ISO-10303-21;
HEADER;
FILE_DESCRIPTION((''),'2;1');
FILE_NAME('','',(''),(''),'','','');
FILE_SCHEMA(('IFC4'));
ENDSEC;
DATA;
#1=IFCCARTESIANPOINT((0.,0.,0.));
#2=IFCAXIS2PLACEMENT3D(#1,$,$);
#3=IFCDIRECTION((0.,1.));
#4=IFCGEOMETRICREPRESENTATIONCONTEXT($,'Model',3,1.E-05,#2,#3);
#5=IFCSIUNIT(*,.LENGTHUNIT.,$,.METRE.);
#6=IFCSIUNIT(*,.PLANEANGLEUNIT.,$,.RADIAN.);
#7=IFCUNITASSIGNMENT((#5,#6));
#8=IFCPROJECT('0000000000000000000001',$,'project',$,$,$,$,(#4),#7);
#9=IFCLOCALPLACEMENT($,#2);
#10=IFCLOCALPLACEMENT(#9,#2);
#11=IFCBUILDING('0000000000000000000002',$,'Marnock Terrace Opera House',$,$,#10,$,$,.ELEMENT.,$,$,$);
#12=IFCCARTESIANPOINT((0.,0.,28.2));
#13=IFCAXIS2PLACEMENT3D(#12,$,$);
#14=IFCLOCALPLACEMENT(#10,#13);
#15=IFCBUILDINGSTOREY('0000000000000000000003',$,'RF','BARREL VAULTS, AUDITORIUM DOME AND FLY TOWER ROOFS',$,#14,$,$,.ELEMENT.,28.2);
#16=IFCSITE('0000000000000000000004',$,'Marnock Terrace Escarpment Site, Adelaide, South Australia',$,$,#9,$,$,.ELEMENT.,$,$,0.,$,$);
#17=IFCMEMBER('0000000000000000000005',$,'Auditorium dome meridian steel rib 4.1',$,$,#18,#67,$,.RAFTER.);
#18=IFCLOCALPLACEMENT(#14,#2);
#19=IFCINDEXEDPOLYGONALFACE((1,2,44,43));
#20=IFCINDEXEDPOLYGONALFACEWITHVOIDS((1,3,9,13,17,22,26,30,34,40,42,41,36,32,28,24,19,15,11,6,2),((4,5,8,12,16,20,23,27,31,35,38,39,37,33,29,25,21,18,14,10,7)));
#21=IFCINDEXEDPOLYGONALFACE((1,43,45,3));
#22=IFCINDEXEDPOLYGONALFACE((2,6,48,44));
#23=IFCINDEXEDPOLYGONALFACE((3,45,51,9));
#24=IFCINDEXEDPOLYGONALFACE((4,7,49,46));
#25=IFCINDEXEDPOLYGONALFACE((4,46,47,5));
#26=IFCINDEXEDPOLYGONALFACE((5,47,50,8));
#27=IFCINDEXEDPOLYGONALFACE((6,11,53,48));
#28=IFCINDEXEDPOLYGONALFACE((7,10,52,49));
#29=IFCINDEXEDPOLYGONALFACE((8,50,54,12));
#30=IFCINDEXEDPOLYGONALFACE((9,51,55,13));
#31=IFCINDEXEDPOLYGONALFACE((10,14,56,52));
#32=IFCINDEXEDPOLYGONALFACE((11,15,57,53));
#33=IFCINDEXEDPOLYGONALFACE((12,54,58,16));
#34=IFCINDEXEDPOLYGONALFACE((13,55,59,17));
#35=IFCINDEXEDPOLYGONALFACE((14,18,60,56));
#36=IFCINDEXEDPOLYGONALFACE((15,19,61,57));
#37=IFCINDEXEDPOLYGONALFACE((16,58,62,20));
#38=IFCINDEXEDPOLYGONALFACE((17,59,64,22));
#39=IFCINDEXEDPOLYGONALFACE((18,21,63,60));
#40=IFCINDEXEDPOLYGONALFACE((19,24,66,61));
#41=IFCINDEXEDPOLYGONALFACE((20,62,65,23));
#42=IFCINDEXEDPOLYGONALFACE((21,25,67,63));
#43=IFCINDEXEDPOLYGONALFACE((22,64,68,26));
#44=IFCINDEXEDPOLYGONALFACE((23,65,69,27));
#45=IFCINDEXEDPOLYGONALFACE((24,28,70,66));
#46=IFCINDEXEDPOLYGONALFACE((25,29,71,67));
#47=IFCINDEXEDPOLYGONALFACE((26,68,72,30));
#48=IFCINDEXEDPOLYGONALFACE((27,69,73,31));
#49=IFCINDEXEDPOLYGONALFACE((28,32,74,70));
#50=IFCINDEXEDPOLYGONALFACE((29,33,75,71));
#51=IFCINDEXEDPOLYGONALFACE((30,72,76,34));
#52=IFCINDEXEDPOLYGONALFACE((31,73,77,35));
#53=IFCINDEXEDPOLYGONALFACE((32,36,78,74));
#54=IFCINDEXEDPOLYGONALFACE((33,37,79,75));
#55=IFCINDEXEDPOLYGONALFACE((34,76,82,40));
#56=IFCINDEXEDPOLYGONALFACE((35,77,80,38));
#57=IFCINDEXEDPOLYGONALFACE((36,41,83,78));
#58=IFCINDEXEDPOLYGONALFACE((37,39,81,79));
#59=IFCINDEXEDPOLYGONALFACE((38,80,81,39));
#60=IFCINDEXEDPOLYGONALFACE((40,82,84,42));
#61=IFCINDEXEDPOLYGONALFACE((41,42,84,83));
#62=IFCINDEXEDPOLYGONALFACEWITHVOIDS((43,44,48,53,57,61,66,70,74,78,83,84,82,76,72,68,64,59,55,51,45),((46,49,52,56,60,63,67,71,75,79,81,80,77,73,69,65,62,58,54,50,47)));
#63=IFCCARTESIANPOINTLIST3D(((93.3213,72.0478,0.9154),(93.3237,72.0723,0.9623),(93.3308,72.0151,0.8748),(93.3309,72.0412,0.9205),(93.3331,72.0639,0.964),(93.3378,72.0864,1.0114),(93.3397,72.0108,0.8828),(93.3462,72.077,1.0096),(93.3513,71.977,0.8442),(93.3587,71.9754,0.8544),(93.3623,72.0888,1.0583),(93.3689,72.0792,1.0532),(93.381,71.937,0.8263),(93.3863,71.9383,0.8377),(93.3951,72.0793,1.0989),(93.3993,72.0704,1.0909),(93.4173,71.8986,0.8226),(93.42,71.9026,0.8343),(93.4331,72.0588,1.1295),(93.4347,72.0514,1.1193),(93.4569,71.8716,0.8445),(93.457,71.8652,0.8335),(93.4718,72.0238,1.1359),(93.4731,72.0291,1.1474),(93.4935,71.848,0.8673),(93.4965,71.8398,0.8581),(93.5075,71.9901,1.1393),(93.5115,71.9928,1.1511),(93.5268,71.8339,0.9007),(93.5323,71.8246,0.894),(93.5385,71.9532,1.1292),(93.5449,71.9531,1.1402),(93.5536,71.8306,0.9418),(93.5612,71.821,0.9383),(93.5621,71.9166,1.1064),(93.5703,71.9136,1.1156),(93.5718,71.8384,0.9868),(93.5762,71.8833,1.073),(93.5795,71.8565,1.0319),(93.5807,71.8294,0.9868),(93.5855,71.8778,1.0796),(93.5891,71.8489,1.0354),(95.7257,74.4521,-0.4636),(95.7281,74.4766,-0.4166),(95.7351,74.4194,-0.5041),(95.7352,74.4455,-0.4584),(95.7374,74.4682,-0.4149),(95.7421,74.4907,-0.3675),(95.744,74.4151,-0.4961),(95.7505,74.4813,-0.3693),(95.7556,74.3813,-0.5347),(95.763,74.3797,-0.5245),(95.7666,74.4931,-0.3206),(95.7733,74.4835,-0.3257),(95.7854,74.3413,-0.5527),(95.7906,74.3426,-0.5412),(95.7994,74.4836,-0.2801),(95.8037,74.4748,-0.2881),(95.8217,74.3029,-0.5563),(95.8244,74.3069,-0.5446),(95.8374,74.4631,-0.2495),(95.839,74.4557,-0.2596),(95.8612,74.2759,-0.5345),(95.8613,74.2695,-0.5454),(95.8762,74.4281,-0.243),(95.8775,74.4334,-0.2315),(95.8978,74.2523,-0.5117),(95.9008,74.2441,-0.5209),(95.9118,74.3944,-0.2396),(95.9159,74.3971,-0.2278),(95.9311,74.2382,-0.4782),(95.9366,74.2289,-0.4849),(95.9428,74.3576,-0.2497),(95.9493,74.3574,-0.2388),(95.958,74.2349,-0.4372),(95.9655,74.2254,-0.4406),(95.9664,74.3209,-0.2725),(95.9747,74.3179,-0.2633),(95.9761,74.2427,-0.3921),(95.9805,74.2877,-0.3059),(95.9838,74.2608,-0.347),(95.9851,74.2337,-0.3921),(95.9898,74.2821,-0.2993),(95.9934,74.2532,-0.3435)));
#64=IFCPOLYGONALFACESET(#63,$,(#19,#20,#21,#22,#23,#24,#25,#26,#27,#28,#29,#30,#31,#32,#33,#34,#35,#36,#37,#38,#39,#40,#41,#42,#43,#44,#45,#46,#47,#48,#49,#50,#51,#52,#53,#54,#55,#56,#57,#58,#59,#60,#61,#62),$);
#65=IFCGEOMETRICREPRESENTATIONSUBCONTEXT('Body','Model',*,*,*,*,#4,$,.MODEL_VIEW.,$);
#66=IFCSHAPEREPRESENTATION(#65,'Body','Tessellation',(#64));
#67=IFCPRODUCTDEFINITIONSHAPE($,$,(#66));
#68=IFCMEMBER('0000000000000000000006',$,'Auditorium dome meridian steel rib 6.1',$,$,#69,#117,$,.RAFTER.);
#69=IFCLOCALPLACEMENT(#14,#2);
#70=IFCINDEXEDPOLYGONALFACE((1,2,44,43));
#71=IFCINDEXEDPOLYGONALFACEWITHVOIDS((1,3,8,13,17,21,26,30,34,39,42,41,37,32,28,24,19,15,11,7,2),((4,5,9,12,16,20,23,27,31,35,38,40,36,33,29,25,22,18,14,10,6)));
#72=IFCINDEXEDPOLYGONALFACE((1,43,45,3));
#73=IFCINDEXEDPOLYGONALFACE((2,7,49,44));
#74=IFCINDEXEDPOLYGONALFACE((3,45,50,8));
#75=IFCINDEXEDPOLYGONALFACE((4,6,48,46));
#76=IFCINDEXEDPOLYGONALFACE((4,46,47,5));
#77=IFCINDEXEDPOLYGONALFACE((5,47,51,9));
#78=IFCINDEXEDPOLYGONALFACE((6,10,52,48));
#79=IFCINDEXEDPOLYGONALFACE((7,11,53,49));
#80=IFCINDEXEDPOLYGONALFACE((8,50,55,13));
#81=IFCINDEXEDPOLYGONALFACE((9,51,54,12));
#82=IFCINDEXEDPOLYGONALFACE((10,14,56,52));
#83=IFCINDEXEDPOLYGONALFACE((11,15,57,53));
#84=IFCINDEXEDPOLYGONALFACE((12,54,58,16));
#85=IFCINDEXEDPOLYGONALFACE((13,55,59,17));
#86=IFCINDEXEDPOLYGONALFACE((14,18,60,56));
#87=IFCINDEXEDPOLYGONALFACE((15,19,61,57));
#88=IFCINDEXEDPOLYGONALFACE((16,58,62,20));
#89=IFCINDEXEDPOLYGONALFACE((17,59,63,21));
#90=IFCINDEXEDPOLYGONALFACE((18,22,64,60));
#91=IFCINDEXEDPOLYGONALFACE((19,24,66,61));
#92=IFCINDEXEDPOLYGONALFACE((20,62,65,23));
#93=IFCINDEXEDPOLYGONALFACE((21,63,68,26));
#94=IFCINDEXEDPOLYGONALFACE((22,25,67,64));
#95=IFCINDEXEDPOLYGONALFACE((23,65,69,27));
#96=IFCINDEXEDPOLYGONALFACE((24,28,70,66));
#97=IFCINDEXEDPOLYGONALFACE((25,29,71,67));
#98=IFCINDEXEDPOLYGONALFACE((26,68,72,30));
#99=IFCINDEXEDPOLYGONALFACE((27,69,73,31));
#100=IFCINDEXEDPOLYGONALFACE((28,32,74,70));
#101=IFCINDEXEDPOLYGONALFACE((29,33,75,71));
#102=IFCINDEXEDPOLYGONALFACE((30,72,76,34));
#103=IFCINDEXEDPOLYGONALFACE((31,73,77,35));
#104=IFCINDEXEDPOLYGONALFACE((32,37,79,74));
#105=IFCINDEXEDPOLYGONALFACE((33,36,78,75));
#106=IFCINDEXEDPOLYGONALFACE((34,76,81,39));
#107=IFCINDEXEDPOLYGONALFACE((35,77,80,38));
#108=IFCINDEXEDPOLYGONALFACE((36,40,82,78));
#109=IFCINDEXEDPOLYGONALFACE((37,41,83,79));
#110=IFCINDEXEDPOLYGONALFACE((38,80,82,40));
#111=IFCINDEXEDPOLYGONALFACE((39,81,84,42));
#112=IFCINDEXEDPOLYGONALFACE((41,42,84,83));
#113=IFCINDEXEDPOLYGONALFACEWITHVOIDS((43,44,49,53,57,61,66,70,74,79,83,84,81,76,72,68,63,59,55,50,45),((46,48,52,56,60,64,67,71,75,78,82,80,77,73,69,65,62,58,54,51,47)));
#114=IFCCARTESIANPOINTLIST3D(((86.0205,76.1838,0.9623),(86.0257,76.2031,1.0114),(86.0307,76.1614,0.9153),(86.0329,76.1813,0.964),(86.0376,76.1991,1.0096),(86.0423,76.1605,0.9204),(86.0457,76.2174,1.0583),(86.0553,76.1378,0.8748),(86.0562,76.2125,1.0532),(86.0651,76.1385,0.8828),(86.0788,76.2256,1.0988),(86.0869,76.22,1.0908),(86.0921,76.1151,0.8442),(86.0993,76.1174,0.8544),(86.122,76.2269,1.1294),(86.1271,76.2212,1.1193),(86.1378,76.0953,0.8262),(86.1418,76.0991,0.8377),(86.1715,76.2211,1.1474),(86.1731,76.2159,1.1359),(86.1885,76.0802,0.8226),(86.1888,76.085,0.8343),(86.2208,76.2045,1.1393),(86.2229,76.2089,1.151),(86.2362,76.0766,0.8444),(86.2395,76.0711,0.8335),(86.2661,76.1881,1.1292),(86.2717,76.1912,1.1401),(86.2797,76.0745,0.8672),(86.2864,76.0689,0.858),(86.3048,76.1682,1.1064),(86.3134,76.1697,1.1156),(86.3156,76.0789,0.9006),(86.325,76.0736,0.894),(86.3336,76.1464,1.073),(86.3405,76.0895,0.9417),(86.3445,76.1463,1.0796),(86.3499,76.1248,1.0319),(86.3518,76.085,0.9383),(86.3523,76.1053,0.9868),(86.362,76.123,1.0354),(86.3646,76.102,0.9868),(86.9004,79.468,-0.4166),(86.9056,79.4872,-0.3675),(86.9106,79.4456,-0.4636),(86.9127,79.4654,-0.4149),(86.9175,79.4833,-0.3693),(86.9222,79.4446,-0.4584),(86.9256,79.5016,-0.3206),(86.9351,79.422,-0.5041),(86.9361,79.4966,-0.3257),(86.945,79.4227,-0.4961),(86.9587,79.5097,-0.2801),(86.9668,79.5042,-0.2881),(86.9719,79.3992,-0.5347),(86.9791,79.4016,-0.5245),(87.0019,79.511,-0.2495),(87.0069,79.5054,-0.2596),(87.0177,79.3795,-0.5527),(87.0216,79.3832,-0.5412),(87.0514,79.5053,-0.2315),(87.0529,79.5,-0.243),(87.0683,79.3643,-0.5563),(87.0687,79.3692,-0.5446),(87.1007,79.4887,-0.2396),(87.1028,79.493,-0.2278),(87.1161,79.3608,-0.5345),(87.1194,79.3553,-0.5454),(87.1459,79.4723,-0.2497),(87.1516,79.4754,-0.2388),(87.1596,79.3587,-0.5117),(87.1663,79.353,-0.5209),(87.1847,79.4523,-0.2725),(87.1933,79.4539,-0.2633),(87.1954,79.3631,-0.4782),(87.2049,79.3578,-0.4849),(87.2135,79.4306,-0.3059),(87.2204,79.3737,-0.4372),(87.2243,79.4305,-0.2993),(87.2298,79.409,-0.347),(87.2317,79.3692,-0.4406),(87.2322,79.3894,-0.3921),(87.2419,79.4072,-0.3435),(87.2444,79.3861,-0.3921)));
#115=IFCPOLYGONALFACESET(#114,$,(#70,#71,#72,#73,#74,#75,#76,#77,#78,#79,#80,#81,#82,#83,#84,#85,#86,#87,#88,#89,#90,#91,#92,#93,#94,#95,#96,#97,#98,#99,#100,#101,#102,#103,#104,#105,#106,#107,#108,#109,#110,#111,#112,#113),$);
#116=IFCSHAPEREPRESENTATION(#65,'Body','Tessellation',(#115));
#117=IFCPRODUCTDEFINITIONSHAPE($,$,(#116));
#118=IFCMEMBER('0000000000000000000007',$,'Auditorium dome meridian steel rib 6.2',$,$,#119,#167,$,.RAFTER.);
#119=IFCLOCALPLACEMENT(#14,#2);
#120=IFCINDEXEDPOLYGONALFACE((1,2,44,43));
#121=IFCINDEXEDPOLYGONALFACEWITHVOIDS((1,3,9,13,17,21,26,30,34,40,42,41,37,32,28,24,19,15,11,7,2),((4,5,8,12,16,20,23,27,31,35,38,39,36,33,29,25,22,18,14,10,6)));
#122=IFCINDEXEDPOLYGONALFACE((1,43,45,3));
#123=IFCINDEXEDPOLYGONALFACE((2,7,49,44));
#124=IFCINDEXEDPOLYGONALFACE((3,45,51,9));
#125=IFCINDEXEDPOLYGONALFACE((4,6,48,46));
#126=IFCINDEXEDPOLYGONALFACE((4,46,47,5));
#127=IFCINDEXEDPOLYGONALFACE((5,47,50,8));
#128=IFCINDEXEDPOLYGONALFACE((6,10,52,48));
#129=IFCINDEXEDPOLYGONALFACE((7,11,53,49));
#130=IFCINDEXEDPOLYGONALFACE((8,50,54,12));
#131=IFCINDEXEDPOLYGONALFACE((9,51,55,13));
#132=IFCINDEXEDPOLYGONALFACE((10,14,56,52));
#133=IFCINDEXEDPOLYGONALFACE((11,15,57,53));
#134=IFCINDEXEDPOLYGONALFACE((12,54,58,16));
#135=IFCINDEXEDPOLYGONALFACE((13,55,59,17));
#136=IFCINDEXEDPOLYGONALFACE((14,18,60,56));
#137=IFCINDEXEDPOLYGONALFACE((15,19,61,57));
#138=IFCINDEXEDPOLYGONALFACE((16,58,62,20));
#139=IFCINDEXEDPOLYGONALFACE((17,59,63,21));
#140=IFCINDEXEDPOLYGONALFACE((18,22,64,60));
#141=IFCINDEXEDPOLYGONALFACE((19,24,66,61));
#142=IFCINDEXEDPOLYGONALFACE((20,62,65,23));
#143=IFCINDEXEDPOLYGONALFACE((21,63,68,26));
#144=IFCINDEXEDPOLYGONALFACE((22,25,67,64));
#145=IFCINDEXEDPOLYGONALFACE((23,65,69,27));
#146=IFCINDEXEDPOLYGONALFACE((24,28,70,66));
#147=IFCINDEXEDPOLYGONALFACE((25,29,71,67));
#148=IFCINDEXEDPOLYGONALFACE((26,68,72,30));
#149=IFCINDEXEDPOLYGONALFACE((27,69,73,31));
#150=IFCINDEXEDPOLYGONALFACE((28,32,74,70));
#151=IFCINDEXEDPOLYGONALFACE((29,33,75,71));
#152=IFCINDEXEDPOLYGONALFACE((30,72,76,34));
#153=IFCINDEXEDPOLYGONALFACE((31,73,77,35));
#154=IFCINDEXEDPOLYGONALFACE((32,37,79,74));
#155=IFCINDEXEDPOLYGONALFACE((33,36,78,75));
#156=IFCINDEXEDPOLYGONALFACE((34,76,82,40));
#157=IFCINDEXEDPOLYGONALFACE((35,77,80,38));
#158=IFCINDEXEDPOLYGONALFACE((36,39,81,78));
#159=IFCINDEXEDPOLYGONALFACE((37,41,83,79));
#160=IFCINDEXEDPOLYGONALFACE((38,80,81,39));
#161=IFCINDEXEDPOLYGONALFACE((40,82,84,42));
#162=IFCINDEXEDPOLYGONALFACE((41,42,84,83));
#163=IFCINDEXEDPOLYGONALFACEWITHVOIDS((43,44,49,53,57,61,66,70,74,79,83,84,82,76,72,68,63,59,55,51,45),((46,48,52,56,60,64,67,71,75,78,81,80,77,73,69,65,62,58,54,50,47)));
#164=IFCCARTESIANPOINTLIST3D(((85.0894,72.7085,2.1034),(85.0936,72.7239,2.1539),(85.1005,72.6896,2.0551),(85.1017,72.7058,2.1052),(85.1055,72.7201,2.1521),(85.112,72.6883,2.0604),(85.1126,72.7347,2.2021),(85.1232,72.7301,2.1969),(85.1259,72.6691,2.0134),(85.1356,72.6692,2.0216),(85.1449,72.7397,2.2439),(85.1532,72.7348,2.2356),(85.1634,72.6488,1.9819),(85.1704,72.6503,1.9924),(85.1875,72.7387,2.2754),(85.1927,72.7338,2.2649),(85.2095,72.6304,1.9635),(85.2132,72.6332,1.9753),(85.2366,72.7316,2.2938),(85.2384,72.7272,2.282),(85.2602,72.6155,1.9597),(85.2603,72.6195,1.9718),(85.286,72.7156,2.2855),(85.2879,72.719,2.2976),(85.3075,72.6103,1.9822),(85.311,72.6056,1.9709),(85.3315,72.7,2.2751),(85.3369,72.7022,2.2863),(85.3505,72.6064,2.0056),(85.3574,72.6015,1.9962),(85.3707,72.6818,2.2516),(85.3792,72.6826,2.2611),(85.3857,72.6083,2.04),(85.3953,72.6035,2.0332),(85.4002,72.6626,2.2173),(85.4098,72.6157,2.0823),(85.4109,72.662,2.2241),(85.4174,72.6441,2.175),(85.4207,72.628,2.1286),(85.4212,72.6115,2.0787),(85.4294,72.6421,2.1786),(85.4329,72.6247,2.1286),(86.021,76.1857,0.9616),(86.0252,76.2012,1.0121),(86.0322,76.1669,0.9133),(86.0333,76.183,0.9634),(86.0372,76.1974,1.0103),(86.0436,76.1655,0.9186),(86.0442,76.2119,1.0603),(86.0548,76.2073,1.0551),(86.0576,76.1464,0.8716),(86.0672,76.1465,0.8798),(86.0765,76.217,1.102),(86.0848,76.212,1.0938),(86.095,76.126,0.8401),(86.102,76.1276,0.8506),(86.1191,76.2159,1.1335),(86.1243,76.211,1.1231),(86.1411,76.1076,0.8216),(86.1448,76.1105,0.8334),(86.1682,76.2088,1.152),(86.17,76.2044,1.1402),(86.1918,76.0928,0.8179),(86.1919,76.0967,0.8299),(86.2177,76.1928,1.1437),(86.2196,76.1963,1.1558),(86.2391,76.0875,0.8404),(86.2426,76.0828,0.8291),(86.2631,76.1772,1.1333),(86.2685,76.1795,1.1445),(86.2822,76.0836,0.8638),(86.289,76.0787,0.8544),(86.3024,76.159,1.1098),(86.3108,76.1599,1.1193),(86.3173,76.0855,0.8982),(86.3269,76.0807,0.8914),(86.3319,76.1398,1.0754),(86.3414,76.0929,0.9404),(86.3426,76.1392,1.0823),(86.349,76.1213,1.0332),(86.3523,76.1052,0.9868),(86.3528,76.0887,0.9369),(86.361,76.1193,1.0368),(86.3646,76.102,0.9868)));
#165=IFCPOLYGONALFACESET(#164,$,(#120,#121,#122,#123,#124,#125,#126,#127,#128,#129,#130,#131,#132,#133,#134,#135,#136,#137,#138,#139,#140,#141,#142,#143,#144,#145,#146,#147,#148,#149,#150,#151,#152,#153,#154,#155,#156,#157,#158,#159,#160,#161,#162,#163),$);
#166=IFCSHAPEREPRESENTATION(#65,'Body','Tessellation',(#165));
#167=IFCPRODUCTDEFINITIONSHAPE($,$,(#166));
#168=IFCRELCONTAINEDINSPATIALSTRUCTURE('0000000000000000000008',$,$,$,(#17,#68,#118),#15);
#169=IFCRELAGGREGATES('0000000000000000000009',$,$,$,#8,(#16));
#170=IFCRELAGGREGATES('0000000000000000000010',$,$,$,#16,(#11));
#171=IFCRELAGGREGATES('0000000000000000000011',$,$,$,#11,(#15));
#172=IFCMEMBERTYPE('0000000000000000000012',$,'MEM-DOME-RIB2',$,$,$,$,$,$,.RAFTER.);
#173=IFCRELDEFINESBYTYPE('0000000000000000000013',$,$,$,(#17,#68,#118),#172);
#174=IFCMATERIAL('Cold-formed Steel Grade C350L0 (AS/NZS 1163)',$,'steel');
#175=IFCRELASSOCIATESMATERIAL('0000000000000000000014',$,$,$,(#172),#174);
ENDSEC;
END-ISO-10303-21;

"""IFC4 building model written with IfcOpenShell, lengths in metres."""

from ifc_helpers import new_model, si_unit, direction, frame, origin, origin_2d, place, context, subcontext, project, spatial, hollow_circle, extrude, material, material_profile, profile_set, type_object, element, save


model = new_model("IFC4")

# Units and contexts
model_context = context("Model", 3, precision=1e-05, world=origin(), true_north=direction((0.0, 1.0)))
body_context = subcontext(model_context, "Body", "Model", "MODEL_VIEW")
ifc_project = project(units=[si_unit("LENGTHUNIT", "METRE"), si_unit("PLANEANGLEUNIT", "RADIAN")], contexts=[model_context])

# Site, building, storey
site_placement = place(None, origin())
site = spatial("IfcSite", under=ifc_project, at=site_placement, Name="Marnock Terrace Escarpment Site, Adelaide, South Australia", CompositionType="ELEMENT", RefElevation=0.0)
building_placement = place(site_placement, origin())
building = spatial("IfcBuilding", under=site, at=building_placement, Name="Marnock Terrace Opera House", CompositionType="ELEMENT")
storey_placement = place(building_placement, frame((0.0, 0.0, 28.2)))
storey = spatial("IfcBuildingStorey", under=building, at=storey_placement, Name="RF", Description="BARREL VAULTS, AUDITORIUM DOME AND FLY TOWER ROOFS", CompositionType="ELEMENT", Elevation=28.2)

# Members
ifc_material_1 = material(Name="Cold-formed Steel Grade C350L0 (AS/NZS 1163)", Category="steel")
ifc_material_profile_1 = material_profile(ifc_material_1, hollow_circle(Radius=0.1777, WallThickness=0.0127, at=origin_2d()))
ifc_profile_set_1 = profile_set([ifc_material_profile_1], Name="Cold-formed Steel Grade C350L0 (AS/NZS 1163)")
member_type_1 = type_object("IfcMemberType", Name="MEM-DOME-RIB2", PredefinedType="RAFTER", material=ifc_profile_set_1)
member_1_placement = place(storey_placement, frame((95.8594, 74.3594, -0.3921), z_axis=(-0.655273, -0.655273, 0.375811), x_axis=(0.707107, -0.707107, 0.0)))
element("IfcMember", 1, at=member_1_placement, inside=storey, type_object=member_type_1, Name="Auditorium dome meridian steel rib 4.1", PredefinedType="RAFTER", context=body_context, shape_type="SweptSolid", body=[
    extrude(hollow_circle(Radius=0.1777, WallThickness=0.0127, at=origin_2d()), origin(), (0.0, 0.0, 1.0), 3.6692),
])
member_2_placement = place(storey_placement, frame((87.0728, 79.4321, -0.3921), z_axis=(-0.239817, -0.895121, 0.375828), x_axis=(0.965934, -0.258789, 0.0)))
element("IfcMember", 2, at=member_2_placement, inside=storey, type_object=member_type_1, Name="Auditorium dome meridian steel rib 6.1", PredefinedType="RAFTER", context=body_context, shape_type="SweptSolid", body=[
    extrude(hollow_circle(Radius=0.1777, WallThickness=0.0127, at=origin_2d()), origin(), (0.0, 0.0, 1.0), 3.6689),
])
member_3_placement = place(storey_placement, frame((86.1929, 76.1479, 0.9868), z_axis=(-0.246682, -0.920727, 0.302341), x_axis=(0.965933, -0.258794, 0.0)))
element("IfcMember", 3, at=member_3_placement, inside=storey, type_object=member_type_1, Name="Auditorium dome meridian steel rib 6.2", PredefinedType="RAFTER", context=body_context, shape_type="SweptSolid", body=[
    extrude(hollow_circle(Radius=0.1777, WallThickness=0.0127, at=origin_2d()), origin(), (0.0, 0.0, 1.0), 3.7766),
])

save(model, "model.ifc")
